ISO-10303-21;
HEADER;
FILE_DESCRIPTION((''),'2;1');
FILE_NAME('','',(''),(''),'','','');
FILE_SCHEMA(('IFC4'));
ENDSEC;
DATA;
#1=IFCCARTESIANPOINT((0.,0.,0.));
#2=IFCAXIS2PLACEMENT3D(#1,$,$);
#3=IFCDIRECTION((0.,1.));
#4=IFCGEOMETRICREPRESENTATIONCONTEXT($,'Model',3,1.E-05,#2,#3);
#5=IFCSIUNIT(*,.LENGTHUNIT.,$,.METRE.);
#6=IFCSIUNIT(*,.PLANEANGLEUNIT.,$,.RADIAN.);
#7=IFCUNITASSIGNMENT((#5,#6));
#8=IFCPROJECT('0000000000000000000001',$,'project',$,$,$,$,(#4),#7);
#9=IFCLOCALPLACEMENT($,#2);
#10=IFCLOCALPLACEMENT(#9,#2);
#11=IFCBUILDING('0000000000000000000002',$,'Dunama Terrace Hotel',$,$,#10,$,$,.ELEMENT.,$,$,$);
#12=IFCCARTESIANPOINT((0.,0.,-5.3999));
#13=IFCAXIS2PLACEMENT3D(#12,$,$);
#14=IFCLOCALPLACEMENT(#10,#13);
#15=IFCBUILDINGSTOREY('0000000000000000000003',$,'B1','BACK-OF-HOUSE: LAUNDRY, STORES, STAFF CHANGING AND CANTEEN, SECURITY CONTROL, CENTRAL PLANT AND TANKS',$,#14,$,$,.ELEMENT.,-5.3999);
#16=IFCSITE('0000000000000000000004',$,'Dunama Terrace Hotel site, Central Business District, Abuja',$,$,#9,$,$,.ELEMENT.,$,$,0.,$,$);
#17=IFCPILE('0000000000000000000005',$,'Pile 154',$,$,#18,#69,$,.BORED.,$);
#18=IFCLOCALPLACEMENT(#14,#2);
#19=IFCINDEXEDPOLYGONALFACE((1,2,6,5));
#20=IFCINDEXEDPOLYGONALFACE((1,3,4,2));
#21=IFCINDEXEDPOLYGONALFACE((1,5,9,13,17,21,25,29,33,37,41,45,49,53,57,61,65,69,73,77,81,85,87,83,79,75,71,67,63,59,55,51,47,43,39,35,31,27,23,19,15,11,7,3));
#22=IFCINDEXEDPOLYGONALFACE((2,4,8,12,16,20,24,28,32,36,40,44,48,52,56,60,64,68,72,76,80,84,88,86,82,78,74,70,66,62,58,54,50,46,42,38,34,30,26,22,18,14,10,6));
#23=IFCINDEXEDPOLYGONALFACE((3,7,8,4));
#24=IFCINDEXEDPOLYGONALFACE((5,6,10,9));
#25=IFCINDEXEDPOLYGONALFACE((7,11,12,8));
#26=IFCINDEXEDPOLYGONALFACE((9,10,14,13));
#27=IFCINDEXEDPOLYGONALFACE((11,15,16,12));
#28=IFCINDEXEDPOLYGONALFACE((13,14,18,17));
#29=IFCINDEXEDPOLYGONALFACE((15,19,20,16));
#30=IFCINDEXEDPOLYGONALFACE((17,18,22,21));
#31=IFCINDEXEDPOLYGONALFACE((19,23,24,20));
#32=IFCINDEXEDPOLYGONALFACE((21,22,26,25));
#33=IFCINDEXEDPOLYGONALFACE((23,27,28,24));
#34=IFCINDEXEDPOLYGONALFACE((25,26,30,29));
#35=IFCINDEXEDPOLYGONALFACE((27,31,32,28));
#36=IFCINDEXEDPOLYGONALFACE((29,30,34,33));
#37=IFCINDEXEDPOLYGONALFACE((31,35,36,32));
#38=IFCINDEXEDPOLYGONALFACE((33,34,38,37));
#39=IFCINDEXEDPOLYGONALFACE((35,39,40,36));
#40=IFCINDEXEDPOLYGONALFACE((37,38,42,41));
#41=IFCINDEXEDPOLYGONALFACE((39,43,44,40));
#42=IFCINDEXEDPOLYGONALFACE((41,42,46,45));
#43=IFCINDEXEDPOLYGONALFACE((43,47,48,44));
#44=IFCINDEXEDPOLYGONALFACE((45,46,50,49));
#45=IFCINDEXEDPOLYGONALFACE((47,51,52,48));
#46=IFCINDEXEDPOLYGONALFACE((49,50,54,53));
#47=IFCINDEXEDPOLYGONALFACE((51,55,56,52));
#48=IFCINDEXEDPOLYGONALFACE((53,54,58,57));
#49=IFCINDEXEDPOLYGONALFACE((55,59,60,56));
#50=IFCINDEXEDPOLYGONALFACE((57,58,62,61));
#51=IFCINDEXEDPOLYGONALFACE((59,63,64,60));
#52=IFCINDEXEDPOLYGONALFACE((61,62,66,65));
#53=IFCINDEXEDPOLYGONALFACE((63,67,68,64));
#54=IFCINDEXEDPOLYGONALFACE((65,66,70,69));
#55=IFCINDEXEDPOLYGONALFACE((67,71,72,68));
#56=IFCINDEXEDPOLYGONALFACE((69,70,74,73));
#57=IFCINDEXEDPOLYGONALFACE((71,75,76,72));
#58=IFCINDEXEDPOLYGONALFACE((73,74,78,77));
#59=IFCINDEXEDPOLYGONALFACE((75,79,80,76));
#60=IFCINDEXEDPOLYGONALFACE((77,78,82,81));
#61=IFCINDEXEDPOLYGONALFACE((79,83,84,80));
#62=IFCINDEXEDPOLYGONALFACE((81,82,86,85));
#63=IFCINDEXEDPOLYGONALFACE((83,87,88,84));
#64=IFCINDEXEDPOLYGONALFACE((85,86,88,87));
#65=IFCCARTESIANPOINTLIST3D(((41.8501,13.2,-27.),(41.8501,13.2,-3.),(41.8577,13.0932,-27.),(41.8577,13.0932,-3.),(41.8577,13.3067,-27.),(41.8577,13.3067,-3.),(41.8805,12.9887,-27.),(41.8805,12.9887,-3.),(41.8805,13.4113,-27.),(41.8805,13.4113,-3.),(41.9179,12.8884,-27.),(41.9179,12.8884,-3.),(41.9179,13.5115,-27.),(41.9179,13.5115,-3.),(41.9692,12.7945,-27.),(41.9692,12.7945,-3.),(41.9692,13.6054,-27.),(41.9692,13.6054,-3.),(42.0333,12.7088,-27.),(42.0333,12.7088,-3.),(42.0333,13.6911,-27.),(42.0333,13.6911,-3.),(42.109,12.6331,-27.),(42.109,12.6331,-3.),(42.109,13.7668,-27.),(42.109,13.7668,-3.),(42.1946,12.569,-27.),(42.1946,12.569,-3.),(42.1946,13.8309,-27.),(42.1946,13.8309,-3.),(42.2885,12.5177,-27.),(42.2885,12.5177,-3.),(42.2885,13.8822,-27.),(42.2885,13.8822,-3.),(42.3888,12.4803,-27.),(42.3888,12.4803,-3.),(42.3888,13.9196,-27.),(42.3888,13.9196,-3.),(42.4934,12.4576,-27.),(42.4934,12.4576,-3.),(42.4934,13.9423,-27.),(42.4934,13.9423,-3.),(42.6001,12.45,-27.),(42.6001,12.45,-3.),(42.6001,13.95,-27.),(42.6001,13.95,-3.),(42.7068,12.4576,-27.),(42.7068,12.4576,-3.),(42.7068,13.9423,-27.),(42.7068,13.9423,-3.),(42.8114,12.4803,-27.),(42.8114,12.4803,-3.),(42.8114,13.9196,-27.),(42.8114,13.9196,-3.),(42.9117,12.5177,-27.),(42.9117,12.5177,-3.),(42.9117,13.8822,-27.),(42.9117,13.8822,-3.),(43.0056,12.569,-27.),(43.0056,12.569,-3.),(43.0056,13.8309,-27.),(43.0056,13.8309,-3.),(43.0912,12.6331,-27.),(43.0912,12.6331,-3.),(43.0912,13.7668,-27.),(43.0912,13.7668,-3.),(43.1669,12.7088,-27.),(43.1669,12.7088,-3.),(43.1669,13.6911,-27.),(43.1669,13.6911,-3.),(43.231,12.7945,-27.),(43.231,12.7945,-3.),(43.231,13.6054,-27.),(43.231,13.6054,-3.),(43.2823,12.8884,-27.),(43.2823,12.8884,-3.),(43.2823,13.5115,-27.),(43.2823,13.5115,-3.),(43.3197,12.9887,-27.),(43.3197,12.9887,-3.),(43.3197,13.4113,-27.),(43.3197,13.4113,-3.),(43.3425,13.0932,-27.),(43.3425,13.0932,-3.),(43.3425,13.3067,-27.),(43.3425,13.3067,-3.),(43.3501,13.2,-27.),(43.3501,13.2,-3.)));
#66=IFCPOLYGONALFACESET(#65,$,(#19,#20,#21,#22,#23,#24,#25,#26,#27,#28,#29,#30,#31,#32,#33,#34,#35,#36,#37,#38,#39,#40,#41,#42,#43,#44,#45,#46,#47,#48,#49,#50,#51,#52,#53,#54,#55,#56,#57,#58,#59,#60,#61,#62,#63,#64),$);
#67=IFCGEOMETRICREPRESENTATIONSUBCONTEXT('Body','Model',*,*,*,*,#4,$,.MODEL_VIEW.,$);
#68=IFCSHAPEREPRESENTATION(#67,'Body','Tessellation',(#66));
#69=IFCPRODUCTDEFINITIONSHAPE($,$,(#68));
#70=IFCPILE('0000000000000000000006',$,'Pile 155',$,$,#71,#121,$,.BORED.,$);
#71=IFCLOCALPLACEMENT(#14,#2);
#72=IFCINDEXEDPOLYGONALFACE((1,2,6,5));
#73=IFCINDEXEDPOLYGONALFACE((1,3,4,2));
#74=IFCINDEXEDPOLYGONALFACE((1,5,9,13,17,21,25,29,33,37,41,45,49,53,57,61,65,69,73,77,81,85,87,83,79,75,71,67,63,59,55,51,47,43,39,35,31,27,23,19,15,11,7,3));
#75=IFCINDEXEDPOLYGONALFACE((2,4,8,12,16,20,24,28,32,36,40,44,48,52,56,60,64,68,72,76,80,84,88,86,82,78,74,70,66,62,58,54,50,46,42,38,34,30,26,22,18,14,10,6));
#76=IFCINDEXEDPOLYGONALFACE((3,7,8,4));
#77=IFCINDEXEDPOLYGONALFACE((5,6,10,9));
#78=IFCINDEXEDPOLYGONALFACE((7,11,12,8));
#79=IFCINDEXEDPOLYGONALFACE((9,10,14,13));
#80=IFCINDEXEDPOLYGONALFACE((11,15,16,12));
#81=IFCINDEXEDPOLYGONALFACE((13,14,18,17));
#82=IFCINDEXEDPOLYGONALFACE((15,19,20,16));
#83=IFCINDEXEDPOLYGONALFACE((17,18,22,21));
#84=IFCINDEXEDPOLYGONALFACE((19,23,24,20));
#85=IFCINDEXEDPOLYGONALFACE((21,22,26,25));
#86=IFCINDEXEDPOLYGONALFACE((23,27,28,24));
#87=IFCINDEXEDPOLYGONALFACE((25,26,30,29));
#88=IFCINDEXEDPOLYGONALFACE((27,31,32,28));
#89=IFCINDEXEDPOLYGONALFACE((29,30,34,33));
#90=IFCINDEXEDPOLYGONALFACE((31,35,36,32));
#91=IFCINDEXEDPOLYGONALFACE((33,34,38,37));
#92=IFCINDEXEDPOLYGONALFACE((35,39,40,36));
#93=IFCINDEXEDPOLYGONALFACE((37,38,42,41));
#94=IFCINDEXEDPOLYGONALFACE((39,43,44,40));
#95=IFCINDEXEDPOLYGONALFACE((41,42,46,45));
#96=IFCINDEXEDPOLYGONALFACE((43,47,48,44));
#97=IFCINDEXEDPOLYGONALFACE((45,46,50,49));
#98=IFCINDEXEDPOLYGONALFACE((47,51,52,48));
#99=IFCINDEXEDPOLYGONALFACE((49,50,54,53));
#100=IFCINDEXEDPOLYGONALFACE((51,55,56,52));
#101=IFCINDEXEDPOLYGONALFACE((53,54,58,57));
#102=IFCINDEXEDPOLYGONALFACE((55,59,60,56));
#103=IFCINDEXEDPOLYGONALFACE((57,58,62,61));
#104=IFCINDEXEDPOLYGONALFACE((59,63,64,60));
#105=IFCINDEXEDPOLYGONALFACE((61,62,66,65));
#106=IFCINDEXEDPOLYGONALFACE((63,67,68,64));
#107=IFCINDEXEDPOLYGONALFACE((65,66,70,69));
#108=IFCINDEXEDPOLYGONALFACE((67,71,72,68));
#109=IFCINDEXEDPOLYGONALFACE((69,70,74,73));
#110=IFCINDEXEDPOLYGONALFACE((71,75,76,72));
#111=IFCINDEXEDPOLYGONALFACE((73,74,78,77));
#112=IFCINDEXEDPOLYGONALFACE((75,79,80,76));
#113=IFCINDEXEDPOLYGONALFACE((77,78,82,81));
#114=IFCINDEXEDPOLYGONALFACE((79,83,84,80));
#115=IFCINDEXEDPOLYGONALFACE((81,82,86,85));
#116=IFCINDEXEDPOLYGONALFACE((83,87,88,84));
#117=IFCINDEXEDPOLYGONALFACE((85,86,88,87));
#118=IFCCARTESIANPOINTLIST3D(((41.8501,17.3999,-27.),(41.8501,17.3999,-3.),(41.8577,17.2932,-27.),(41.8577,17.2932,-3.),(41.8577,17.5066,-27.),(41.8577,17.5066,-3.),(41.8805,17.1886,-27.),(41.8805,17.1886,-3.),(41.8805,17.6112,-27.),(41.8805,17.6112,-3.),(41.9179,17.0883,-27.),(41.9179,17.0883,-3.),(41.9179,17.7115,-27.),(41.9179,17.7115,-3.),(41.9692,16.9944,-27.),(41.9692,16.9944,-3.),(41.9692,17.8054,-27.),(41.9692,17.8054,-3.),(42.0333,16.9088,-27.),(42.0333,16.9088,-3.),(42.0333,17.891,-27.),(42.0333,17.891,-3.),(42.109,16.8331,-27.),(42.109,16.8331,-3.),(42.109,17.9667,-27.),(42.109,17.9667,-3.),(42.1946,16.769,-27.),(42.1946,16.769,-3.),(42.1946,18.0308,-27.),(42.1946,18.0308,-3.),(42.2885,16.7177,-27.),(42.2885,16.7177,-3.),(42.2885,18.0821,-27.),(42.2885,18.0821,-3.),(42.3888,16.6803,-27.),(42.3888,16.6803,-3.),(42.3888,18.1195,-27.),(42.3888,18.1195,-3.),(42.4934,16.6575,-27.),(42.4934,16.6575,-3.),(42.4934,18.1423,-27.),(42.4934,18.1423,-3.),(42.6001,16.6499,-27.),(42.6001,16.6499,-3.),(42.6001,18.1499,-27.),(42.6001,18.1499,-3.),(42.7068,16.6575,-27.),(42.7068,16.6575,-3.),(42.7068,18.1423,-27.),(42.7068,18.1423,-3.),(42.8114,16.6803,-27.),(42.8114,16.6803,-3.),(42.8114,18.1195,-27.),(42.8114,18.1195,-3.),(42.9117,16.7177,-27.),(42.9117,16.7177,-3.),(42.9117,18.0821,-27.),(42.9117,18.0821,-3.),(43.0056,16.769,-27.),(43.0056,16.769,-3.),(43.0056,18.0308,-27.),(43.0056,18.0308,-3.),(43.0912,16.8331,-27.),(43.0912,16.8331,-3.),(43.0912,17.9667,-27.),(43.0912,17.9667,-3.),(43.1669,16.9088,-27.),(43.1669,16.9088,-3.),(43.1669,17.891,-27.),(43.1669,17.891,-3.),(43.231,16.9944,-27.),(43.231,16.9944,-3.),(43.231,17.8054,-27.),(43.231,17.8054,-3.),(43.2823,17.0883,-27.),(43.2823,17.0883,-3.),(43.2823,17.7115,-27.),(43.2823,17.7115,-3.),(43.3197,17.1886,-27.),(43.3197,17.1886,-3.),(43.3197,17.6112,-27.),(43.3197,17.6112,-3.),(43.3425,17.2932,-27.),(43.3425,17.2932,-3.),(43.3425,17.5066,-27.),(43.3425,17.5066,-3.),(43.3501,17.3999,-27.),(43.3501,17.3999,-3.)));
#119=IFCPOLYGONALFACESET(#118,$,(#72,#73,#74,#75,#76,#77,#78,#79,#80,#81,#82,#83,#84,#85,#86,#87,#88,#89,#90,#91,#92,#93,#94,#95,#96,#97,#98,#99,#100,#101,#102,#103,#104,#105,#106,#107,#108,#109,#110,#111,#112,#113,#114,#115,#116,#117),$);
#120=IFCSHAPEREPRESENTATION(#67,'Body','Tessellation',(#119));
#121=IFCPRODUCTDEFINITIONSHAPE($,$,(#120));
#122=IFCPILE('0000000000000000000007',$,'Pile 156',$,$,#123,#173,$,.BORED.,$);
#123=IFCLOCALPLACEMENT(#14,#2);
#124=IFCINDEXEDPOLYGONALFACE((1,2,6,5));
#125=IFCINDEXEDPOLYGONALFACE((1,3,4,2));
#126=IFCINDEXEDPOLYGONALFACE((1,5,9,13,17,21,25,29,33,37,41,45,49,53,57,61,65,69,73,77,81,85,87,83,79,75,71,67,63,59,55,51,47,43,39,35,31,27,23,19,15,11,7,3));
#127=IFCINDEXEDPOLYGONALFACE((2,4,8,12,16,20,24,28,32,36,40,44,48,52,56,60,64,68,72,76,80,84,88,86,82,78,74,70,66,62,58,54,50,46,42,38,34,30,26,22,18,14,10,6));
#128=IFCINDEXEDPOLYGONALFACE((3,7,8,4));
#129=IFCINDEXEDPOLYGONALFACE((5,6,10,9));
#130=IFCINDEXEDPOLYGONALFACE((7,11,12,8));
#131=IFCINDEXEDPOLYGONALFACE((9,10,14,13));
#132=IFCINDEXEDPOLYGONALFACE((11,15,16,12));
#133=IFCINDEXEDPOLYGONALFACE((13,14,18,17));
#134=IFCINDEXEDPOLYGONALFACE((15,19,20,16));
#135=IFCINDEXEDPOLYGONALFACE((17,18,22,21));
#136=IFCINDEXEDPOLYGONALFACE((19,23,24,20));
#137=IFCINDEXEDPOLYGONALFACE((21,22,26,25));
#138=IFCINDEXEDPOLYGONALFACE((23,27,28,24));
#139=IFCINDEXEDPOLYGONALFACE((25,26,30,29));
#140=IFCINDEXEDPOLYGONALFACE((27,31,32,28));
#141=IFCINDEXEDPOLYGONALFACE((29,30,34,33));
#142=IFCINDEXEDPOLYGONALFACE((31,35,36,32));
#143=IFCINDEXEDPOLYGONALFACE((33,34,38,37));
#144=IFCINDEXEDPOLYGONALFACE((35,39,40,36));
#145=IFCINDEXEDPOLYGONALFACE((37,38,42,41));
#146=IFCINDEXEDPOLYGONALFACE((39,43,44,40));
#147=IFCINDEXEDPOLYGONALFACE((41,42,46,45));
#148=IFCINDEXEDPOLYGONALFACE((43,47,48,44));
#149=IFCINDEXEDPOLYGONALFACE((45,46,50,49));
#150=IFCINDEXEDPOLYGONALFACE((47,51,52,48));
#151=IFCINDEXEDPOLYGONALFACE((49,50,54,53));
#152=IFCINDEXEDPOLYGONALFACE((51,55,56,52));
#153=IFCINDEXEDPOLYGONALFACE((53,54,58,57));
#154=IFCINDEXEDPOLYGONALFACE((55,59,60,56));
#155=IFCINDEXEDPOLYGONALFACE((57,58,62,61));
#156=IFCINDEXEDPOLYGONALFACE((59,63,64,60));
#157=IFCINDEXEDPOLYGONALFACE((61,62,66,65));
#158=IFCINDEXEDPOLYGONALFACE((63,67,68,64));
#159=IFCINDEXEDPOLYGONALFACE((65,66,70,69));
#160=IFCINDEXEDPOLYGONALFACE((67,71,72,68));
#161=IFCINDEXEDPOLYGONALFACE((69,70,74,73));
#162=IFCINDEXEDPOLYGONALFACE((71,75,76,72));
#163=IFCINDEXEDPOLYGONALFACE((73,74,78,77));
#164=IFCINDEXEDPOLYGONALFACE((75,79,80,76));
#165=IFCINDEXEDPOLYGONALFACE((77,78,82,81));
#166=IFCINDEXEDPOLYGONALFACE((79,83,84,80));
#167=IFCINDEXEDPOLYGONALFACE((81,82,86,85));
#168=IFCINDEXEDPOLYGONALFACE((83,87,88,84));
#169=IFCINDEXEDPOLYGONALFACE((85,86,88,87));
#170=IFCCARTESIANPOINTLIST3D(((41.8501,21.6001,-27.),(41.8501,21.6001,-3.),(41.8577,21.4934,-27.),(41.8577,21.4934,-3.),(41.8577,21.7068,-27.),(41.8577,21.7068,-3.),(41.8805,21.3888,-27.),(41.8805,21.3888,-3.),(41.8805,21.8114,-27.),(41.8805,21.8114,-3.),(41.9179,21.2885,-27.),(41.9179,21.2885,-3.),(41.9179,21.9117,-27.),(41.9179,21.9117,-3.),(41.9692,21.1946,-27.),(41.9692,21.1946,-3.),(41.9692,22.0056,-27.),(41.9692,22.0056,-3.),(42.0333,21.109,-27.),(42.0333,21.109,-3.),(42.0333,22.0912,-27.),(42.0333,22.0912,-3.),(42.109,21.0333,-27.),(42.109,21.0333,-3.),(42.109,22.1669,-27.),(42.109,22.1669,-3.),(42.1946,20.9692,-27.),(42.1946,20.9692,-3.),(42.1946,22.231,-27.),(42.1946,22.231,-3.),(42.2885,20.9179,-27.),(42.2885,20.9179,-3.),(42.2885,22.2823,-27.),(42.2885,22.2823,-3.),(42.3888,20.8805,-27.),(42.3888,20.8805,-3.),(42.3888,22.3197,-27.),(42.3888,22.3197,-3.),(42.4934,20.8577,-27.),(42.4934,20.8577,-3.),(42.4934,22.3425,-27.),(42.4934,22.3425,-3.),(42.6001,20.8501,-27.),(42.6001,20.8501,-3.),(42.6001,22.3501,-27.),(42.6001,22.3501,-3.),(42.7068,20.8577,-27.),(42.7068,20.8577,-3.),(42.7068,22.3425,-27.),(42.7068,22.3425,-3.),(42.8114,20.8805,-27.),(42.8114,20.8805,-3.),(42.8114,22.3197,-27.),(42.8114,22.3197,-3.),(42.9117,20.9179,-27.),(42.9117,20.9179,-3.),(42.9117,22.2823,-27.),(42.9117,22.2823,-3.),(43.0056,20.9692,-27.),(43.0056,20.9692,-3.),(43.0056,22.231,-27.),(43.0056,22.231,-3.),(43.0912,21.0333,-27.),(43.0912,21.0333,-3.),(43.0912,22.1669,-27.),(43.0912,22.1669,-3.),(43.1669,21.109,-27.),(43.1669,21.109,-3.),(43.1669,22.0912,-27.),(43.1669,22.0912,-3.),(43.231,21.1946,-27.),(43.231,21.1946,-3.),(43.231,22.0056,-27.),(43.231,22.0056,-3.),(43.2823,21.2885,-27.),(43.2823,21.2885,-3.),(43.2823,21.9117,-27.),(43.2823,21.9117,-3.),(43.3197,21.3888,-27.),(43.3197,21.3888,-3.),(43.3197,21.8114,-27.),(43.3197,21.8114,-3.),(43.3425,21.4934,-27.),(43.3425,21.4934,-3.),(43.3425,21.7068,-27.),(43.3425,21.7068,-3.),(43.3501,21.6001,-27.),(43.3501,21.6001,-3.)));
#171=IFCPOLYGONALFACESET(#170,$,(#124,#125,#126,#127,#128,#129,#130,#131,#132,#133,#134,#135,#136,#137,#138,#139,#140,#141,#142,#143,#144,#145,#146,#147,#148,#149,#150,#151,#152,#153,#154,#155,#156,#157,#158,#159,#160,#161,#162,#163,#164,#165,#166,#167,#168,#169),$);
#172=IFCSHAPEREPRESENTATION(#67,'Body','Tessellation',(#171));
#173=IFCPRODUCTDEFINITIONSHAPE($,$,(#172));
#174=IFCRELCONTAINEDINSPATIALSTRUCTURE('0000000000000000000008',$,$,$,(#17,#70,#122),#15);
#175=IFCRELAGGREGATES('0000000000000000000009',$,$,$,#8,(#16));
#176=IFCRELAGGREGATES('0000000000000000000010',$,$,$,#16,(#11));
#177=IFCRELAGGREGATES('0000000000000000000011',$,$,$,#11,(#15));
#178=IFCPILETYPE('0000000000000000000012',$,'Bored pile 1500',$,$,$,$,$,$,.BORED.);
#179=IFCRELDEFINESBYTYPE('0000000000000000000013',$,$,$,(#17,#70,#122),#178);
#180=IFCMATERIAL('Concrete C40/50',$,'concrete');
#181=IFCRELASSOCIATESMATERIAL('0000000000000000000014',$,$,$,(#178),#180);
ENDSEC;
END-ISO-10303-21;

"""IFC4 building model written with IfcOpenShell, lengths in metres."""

from ifc_helpers import new_model, si_unit, direction, frame, origin, origin_2d, place, context, subcontext, project, spatial, circle, extrude, material, material_profile, profile_set, type_object, element, save


model = new_model("IFC4")

# Units and contexts
model_context = context("Model", 3, precision=1e-05, world=origin(), true_north=direction((0.0, 1.0)))
body_context = subcontext(model_context, "Body", "Model", "MODEL_VIEW")
ifc_project = project(units=[si_unit("LENGTHUNIT", "METRE"), si_unit("PLANEANGLEUNIT", "RADIAN")], contexts=[model_context])

# Site, building, storey
site_placement = place(None, origin())
site = spatial("IfcSite", under=ifc_project, at=site_placement, Name="Dunama Terrace Hotel site, Central Business District, Abuja", CompositionType="ELEMENT", RefElevation=0.0)
building_placement = place(site_placement, origin())
building = spatial("IfcBuilding", under=site, at=building_placement, Name="Dunama Terrace Hotel", CompositionType="ELEMENT")
storey_placement = place(building_placement, frame((0.0, 0.0, -5.3999)))
storey = spatial("IfcBuildingStorey", under=building, at=storey_placement, Name="B1", Description="BACK-OF-HOUSE: LAUNDRY, STORES, STAFF CHANGING AND CANTEEN, SECURITY CONTROL, CENTRAL PLANT AND TANKS", CompositionType="ELEMENT", Elevation=-5.3999)

# Piles
ifc_material_1 = material(Name="Concrete C40/50", Category="concrete")
ifc_material_profile_1 = material_profile(ifc_material_1, circle(Radius=0.75, at=origin_2d()), Name="PILE D1500")
ifc_profile_set_1 = profile_set([ifc_material_profile_1], Name="Concrete C40/50")
pile_type = type_object("IfcPileType", Name="Bored pile 1500", PredefinedType="BORED", material=ifc_profile_set_1)
for number, where, z_axis, x_axis, name in (
    (1, (42.6001, 13.2, -3.0), (0.0, 0.0, -1.0), (1.0, 0.0, 0.0), "Pile 154"),
    (2, (42.6001, 17.3999, -3.0), (0.0, 0.0, -1.0), (1.0, 0.0, 0.0), "Pile 155"),
    (3, (42.6001, 21.6001, -3.0), (0.0, 0.0, -1.0), (1.0, 0.0, 0.0), "Pile 156"),
):
    element("IfcPile", number, at=place(storey_placement, frame(where, z_axis=z_axis, x_axis=x_axis)), inside=storey, type_object=pile_type, Name=name, PredefinedType="BORED", context=body_context, shape_type="SweptSolid", body=[
        extrude(circle(Radius=0.75, at=origin_2d()), origin(), (0.0, 0.0, 1.0), 24.0),
    ])

save(model, "model.ifc")
